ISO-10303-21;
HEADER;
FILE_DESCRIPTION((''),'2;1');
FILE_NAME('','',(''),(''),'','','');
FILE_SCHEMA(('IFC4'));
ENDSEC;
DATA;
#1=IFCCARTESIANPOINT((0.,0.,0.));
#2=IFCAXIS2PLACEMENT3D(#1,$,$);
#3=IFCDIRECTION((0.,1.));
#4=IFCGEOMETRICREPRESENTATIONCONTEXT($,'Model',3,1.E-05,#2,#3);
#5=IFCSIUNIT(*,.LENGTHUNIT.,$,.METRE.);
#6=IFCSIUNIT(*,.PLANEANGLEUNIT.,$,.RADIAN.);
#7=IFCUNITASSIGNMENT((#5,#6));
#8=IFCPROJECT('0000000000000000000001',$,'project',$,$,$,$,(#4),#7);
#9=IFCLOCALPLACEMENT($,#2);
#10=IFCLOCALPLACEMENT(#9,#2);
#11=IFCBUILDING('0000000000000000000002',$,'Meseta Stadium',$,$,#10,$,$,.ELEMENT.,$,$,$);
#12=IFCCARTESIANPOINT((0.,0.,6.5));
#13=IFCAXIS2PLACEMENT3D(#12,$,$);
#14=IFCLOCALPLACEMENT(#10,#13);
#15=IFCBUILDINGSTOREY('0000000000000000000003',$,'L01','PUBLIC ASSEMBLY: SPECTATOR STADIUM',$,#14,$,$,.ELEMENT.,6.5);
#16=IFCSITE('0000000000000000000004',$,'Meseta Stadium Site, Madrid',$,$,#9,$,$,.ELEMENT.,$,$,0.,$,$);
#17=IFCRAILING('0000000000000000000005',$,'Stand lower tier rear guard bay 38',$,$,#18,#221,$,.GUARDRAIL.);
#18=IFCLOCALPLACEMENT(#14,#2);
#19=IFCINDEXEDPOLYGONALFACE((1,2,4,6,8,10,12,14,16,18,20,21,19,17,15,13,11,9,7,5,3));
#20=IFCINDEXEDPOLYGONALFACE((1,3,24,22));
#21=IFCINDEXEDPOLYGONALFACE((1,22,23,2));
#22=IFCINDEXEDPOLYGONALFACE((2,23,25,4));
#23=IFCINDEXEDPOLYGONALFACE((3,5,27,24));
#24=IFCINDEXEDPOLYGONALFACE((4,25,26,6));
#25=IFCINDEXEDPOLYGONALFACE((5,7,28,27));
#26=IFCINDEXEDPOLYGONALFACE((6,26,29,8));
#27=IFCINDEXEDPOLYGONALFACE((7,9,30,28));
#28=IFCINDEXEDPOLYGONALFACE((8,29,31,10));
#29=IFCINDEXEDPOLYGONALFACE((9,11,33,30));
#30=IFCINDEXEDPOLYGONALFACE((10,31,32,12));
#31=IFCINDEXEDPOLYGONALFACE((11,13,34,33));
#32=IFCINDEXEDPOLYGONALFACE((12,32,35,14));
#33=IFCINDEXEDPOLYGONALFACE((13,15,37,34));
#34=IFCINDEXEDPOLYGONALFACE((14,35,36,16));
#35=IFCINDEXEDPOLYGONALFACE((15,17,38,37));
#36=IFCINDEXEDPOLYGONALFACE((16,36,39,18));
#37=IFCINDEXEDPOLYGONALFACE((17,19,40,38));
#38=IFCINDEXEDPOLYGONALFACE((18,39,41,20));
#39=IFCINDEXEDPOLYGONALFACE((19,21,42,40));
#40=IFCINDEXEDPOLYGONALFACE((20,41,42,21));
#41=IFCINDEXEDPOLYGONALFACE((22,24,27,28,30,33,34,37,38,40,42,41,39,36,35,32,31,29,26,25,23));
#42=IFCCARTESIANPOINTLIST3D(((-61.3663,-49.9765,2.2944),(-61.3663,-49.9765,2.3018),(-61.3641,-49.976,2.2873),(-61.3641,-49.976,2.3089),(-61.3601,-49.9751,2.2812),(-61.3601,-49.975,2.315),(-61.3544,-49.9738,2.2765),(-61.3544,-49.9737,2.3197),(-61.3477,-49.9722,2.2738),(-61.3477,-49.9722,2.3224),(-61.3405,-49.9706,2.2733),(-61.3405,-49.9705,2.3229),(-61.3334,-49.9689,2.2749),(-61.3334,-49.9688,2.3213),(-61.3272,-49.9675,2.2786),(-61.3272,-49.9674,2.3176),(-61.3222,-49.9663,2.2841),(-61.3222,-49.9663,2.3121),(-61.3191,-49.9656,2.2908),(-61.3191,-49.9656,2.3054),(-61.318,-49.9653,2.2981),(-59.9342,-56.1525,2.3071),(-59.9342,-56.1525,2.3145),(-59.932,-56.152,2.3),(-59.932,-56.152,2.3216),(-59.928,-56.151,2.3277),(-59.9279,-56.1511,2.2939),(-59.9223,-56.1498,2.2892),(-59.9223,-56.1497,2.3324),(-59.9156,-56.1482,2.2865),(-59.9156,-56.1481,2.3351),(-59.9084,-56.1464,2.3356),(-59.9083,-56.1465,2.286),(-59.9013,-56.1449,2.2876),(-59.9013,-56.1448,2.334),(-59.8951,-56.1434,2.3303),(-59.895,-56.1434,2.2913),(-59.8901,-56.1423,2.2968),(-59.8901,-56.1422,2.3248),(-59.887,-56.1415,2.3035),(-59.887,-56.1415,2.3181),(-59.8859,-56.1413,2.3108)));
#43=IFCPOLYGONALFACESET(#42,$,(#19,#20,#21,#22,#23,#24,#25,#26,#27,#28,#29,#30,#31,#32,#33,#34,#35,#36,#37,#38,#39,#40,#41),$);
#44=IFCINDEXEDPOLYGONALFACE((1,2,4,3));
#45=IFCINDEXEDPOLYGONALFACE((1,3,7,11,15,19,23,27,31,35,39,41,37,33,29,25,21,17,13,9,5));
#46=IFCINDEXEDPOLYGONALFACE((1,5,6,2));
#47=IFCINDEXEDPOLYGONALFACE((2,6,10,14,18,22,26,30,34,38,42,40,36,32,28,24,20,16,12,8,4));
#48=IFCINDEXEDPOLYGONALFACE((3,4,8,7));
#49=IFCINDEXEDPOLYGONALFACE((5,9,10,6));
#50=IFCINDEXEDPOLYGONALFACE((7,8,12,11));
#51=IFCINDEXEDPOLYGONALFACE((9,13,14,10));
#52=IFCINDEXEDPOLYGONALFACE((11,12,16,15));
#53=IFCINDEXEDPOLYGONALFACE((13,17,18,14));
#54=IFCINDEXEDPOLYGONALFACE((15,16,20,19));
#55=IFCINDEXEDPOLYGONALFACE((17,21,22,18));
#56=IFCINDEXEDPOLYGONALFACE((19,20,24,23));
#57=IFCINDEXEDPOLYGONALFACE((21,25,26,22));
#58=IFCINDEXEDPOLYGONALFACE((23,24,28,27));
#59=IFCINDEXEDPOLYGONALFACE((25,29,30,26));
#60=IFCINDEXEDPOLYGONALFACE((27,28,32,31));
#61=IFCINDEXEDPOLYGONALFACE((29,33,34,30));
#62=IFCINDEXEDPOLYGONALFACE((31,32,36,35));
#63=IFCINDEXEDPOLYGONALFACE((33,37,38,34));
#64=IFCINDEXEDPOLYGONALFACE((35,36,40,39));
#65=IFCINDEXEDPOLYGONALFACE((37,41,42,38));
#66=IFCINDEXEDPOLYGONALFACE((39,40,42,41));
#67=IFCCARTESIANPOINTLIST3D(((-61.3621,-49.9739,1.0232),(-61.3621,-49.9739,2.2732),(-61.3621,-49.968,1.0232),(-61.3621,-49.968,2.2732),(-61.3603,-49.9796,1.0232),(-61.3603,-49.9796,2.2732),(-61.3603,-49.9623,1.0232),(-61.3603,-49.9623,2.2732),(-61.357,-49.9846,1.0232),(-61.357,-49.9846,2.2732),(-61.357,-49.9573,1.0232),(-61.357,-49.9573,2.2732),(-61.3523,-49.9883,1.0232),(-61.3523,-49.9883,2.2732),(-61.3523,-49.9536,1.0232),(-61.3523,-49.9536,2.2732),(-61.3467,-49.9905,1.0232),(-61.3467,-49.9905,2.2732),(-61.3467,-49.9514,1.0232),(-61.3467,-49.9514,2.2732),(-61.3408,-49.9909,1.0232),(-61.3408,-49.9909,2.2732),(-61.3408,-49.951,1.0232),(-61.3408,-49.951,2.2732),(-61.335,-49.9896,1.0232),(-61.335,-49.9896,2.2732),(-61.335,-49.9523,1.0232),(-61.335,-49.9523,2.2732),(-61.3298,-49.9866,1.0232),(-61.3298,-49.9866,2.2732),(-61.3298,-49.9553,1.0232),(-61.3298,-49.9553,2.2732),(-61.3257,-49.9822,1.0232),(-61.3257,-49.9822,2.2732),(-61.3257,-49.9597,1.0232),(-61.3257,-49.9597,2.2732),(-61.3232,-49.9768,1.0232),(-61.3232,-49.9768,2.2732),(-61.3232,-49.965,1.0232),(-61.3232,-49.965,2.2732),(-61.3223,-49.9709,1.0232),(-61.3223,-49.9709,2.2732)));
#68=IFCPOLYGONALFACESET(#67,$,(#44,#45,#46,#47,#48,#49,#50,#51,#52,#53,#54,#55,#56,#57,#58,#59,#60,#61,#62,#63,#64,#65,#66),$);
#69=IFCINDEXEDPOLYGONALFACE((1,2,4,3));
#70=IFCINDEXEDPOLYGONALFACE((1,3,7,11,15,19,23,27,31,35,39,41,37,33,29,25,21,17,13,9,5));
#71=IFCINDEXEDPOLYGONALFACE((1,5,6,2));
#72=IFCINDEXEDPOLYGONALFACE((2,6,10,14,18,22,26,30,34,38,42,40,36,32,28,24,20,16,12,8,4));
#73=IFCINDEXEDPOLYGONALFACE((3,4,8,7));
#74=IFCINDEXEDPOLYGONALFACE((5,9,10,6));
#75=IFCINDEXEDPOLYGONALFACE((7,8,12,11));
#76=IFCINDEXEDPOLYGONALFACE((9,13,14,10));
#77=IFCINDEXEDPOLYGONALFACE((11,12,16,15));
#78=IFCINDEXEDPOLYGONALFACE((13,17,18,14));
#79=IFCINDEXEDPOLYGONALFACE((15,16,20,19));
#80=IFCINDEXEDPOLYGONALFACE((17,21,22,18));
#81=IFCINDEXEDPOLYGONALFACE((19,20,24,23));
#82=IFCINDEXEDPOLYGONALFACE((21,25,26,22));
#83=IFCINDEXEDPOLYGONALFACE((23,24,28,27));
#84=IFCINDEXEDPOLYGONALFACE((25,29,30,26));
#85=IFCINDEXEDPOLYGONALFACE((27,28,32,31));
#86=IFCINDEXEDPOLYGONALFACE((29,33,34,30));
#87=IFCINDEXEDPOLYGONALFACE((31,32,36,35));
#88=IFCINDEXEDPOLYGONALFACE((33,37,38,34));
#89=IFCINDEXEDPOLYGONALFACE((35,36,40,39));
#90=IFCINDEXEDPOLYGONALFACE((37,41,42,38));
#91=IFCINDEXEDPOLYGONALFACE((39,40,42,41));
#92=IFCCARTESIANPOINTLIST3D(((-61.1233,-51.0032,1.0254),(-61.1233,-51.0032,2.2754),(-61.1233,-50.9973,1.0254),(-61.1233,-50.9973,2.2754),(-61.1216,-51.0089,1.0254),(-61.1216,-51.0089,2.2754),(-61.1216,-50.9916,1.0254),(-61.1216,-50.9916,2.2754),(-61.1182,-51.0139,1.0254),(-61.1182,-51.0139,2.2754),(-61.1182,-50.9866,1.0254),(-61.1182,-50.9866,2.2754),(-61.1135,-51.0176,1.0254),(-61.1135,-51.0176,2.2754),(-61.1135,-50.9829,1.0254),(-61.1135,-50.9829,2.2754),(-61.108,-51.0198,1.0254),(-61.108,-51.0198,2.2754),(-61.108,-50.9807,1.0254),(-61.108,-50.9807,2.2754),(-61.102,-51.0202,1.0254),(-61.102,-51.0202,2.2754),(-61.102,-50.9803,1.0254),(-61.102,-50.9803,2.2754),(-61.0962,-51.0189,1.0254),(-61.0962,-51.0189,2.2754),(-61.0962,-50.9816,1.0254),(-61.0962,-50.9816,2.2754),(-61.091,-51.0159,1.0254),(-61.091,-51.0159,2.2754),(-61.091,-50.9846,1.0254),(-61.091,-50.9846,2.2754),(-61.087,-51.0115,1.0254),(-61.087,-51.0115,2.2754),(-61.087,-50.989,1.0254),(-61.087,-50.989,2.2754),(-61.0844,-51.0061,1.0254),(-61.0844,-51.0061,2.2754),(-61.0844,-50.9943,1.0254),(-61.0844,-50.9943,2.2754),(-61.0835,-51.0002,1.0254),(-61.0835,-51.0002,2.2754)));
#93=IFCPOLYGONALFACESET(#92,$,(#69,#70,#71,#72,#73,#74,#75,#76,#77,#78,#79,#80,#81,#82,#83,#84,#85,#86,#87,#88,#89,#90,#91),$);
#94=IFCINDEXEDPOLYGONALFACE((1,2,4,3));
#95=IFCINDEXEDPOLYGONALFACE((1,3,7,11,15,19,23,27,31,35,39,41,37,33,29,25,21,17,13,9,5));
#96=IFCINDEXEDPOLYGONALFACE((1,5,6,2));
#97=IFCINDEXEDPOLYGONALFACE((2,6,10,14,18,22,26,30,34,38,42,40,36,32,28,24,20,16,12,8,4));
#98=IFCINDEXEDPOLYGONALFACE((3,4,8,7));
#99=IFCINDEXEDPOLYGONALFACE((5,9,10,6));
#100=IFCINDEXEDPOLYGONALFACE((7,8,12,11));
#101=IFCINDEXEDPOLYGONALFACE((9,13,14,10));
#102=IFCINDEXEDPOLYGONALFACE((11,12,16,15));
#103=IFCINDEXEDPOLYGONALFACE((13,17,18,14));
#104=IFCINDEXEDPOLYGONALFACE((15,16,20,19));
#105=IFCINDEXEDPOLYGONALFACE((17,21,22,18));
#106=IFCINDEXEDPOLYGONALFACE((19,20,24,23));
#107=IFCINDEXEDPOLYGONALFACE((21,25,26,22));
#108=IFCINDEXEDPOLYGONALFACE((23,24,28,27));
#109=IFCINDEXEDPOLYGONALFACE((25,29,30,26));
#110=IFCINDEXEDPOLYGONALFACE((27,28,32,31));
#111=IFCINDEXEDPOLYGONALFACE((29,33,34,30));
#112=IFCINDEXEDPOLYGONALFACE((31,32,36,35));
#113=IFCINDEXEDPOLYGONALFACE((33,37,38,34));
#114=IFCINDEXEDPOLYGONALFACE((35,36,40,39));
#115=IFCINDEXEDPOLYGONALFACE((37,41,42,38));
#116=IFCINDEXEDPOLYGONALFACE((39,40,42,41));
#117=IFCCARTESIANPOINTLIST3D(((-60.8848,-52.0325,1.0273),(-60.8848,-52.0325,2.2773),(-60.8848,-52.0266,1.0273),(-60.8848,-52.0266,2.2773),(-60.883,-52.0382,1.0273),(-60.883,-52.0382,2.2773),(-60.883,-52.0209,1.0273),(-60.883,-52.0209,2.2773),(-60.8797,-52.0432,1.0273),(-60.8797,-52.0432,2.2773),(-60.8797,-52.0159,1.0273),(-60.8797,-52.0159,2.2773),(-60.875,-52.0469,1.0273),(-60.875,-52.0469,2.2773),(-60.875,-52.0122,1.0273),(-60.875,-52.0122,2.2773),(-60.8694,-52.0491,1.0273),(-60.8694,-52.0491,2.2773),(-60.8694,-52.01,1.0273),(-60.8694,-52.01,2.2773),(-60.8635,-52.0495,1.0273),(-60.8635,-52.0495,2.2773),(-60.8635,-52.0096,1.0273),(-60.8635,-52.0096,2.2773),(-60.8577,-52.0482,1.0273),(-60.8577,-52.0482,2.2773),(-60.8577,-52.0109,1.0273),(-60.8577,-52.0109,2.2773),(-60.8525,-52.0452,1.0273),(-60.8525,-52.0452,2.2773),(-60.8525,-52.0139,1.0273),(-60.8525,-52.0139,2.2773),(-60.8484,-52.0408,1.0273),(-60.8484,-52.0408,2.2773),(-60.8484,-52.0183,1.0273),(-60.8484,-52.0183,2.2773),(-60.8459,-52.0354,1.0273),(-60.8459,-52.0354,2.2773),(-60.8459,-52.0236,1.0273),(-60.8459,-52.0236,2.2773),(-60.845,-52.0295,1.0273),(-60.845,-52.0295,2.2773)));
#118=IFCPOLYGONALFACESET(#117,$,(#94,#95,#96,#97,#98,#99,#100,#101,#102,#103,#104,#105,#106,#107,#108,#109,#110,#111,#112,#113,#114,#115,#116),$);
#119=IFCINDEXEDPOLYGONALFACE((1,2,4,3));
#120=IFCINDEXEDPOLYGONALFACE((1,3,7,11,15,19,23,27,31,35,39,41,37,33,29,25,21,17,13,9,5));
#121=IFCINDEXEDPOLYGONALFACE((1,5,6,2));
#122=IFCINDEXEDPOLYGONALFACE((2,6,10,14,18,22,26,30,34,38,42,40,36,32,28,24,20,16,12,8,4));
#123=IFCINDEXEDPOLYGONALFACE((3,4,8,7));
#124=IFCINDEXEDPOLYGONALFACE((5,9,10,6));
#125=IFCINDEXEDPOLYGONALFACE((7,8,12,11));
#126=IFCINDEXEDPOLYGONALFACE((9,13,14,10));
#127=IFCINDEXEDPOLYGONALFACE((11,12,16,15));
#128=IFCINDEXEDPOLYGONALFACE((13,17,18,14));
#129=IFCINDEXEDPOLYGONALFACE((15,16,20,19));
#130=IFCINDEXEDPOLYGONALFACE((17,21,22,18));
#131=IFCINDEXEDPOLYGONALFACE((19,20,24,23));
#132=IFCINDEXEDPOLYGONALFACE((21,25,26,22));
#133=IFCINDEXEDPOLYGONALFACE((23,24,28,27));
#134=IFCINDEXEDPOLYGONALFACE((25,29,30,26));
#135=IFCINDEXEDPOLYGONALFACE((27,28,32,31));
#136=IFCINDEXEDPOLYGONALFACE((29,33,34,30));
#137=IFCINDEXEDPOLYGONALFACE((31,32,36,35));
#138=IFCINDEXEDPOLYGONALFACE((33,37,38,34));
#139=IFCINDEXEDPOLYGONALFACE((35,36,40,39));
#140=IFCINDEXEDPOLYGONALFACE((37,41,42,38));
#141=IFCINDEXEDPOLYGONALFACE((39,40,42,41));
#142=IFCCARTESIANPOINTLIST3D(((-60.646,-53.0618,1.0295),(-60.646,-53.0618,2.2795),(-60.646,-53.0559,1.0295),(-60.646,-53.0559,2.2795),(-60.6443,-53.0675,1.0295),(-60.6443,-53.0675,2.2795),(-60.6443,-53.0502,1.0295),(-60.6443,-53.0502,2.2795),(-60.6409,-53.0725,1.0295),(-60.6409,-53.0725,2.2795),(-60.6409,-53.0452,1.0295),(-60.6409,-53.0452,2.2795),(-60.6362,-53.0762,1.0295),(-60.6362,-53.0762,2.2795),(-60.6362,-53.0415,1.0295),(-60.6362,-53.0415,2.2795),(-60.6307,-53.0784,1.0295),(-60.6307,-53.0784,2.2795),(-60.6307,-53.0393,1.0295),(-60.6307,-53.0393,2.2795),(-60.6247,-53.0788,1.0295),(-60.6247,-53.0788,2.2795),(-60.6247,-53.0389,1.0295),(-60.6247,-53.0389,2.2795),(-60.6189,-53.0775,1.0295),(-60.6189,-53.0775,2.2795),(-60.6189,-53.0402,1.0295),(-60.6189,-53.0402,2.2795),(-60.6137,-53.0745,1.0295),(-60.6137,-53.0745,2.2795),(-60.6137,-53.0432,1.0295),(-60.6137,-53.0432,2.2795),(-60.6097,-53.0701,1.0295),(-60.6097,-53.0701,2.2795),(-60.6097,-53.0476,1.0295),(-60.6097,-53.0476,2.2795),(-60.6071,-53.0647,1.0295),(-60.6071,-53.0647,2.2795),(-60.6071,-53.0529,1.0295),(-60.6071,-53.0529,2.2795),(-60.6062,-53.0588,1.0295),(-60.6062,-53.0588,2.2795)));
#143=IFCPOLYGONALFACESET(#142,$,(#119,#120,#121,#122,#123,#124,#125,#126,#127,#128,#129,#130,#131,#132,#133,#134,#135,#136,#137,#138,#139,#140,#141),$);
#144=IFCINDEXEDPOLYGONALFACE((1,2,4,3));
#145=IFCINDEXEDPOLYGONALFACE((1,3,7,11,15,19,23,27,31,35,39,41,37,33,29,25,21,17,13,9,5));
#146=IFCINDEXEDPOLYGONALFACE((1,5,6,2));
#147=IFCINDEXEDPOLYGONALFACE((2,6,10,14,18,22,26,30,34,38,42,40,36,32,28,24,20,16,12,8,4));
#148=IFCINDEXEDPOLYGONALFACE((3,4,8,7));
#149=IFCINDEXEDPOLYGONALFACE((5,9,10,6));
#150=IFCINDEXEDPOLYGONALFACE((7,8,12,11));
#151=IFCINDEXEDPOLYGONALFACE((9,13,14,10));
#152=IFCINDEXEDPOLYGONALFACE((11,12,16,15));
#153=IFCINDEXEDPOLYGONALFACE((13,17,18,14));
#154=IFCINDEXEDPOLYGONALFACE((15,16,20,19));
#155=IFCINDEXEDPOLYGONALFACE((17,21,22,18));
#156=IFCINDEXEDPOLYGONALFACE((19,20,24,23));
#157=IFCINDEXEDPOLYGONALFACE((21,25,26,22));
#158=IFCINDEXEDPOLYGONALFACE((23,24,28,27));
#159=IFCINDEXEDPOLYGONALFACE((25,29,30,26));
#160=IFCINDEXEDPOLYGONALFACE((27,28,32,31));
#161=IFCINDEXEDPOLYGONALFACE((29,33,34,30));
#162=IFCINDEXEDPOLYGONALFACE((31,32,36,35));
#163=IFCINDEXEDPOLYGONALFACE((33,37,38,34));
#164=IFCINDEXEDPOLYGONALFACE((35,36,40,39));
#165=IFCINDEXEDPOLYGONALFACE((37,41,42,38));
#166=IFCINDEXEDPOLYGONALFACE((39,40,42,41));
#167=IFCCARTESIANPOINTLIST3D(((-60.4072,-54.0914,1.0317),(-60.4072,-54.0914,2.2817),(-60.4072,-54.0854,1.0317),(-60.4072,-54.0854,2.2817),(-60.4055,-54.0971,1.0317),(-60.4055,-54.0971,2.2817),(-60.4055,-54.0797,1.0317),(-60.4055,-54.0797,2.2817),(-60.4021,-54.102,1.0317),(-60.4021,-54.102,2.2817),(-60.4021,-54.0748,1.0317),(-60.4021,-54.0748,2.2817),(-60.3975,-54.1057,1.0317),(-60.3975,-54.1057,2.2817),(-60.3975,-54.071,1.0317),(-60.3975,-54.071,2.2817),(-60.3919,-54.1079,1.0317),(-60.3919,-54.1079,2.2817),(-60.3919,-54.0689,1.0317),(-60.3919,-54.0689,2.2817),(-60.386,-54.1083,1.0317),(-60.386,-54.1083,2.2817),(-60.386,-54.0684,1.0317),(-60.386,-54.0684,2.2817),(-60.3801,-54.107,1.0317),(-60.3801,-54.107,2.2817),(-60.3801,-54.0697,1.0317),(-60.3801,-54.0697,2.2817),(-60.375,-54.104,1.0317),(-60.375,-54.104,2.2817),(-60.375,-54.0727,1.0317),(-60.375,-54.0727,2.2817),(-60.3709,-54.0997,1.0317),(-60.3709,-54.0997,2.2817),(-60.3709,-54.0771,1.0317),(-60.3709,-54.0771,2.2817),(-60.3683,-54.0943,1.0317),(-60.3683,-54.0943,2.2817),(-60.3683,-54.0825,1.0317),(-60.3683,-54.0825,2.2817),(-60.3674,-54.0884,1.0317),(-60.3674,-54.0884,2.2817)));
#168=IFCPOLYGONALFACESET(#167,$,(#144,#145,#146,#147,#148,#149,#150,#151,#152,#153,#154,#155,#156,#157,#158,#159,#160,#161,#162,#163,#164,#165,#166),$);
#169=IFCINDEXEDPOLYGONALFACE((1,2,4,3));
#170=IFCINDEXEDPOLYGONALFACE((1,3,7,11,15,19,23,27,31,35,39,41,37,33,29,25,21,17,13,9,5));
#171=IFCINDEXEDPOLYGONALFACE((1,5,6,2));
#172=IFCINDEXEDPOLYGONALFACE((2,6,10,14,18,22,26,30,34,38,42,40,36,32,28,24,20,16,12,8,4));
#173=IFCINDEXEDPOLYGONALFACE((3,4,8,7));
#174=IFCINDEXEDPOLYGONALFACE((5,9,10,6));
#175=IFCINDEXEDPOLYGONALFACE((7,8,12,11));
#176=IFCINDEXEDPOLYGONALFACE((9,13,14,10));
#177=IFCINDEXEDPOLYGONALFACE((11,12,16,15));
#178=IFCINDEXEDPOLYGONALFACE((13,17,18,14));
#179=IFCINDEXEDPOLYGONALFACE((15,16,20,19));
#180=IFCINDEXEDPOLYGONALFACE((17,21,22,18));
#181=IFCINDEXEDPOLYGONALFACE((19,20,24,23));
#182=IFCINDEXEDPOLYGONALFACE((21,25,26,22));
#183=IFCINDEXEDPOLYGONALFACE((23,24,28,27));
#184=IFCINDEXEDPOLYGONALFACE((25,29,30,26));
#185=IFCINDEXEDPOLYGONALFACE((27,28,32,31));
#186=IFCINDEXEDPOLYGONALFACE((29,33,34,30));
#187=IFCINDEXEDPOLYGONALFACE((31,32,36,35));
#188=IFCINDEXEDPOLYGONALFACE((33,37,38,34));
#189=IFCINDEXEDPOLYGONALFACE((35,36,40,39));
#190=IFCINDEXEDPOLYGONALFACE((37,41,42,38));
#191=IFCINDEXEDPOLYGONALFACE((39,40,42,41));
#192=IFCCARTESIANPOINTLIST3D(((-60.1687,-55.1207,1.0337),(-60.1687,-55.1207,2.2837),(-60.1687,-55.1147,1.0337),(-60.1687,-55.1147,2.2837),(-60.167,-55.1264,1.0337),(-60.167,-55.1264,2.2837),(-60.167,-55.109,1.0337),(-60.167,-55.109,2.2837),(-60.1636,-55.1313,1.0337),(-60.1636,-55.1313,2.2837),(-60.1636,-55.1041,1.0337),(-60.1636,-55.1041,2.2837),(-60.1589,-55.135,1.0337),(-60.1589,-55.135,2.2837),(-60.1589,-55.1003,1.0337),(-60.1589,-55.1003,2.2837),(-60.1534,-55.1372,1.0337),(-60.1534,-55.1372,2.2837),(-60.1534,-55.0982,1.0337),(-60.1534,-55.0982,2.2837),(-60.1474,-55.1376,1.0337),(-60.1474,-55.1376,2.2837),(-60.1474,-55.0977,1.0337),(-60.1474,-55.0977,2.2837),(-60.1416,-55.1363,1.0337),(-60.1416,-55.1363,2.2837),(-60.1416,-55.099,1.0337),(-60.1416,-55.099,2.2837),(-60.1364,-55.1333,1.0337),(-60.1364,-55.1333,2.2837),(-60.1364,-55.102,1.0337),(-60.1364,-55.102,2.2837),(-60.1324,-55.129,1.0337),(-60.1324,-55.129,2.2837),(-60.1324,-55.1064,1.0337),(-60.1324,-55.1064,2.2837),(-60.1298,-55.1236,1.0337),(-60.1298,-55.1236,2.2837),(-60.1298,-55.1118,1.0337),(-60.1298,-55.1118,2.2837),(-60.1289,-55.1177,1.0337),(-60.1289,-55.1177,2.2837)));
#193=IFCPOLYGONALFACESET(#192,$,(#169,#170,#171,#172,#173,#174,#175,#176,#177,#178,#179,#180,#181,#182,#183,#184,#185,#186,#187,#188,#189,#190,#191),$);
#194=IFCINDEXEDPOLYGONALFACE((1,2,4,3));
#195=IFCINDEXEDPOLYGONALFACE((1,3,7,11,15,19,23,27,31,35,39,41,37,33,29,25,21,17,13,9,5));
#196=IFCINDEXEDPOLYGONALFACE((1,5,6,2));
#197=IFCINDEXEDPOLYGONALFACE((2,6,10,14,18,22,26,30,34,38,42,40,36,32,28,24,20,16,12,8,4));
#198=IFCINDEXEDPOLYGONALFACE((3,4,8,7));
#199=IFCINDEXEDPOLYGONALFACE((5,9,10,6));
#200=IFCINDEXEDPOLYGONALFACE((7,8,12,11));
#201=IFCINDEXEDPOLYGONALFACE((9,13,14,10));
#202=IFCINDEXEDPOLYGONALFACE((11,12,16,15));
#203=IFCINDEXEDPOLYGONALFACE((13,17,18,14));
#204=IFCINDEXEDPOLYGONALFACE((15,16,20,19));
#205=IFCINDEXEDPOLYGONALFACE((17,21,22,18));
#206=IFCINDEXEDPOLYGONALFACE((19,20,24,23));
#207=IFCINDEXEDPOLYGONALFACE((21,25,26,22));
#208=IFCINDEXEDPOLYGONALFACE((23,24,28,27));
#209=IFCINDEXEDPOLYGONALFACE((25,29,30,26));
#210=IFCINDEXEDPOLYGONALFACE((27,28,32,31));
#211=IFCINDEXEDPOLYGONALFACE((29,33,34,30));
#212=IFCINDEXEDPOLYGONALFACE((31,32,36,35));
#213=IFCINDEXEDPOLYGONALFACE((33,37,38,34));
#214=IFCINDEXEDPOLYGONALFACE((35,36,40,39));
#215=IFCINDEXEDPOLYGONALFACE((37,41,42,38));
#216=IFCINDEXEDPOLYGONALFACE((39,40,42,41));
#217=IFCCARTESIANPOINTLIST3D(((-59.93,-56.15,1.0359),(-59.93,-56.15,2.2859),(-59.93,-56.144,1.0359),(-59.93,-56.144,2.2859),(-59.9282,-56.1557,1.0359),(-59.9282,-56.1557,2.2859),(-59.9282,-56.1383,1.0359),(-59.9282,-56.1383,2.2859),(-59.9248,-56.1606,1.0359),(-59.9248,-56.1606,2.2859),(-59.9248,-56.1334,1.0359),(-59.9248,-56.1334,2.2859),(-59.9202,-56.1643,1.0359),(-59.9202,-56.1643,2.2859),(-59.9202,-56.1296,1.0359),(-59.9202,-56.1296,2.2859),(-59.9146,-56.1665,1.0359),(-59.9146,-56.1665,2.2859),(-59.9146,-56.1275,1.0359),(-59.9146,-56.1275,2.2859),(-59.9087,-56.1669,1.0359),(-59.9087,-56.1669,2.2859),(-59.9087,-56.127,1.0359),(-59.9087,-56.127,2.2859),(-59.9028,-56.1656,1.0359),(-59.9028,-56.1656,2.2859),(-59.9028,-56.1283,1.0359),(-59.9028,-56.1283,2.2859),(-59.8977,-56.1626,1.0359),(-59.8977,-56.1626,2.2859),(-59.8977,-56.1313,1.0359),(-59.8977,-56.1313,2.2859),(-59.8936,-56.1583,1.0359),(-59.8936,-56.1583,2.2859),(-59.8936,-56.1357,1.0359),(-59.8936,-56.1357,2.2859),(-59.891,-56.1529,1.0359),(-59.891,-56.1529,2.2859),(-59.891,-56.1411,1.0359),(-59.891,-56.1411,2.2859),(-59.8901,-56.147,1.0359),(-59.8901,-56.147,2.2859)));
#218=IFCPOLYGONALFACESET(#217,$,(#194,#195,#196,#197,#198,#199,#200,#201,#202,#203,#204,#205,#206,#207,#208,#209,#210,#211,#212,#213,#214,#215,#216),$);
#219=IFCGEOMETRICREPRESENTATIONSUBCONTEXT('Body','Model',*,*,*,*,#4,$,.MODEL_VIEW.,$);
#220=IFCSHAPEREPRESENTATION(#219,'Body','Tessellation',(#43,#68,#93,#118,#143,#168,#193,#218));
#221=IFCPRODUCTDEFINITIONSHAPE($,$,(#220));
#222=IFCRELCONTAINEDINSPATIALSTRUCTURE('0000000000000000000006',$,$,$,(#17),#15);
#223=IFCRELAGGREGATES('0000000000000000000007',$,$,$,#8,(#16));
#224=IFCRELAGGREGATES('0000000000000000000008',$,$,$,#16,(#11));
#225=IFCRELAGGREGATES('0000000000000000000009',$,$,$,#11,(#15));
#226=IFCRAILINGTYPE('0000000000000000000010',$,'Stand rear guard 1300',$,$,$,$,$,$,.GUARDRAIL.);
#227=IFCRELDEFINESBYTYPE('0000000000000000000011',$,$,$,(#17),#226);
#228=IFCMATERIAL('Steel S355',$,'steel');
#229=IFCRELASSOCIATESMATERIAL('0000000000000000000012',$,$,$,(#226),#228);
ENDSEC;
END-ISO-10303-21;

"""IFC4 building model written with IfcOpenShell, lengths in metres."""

from ifc_helpers import new_model, si_unit, direction, frame, origin, origin_2d, place, context, subcontext, project, spatial, circle, extrude, material, type_object, element, save


model = new_model("IFC4")

# Units and contexts
model_context = context("Model", 3, precision=1e-05, world=origin(), true_north=direction((0.0, 1.0)))
body_context = subcontext(model_context, "Body", "Model", "MODEL_VIEW")
ifc_project = project(units=[si_unit("LENGTHUNIT", "METRE"), si_unit("PLANEANGLEUNIT", "RADIAN")], contexts=[model_context])

# Site, building, storey
site_placement = place(None, origin())
site = spatial("IfcSite", under=ifc_project, at=site_placement, Name="Meseta Stadium Site, Madrid", CompositionType="ELEMENT", RefElevation=0.0)
building_placement = place(site_placement, origin())
building = spatial("IfcBuilding", under=site, at=building_placement, Name="Meseta Stadium", CompositionType="ELEMENT")
storey_placement = place(building_placement, frame((0.0, 0.0, 6.5)))
storey = spatial("IfcBuildingStorey", under=building, at=storey_placement, Name="L01", Description="PUBLIC ASSEMBLY: SPECTATOR STADIUM", CompositionType="ELEMENT", Elevation=6.5)

# Railing
ifc_material_1 = material(Name="Steel S355", Category="steel")
railing_type = type_object("IfcRailingType", Name="Stand rear guard 1300", PredefinedType="GUARDRAIL", material=ifc_material_1)
railing_1_placement = place(storey_placement, frame((-61.3423, -49.9709, 1.0232)))
element("IfcRailing", 1, at=railing_1_placement, inside=storey, type_object=railing_type, Name="Stand lower tier rear guard bay 38", PredefinedType="GUARDRAIL", context=body_context, shape_type="SweptSolid", body=[
    extrude(circle(Radius=0.0249, at=origin_2d()), frame((0.0, 0.0, 1.2749), z_axis=(0.225891, -0.974151, 0.002002), x_axis=(0.974152, 0.225892, 0.0)), (0.0, 0.0, 1.0), 6.3398),
    extrude(circle(Radius=0.02, at=origin_2d()), origin(), (0.0, 0.0, 1.0), 1.25),
    extrude(circle(Radius=0.02, at=origin_2d()), frame((0.2388, -1.0293, 0.0022)), (0.0, 0.0, 1.0), 1.25),
    extrude(circle(Radius=0.02, at=origin_2d()), frame((0.4773, -2.0586, 0.0042)), (0.0, 0.0, 1.0), 1.25),
    extrude(circle(Radius=0.02, at=origin_2d()), frame((0.7161, -3.0879, 0.0063)), (0.0, 0.0, 1.0), 1.25),
    extrude(circle(Radius=0.02, at=origin_2d()), frame((0.9548, -4.1174, 0.0085)), (0.0, 0.0, 1.0), 1.25),
    extrude(circle(Radius=0.02, at=origin_2d()), frame((1.1934, -5.1467, 0.0105)), (0.0, 0.0, 1.0), 1.25),
    extrude(circle(Radius=0.02, at=origin_2d()), frame((1.4321, -6.176, 0.0127)), (0.0, 0.0, 1.0), 1.25),
])

save(model, "model.ifc")
